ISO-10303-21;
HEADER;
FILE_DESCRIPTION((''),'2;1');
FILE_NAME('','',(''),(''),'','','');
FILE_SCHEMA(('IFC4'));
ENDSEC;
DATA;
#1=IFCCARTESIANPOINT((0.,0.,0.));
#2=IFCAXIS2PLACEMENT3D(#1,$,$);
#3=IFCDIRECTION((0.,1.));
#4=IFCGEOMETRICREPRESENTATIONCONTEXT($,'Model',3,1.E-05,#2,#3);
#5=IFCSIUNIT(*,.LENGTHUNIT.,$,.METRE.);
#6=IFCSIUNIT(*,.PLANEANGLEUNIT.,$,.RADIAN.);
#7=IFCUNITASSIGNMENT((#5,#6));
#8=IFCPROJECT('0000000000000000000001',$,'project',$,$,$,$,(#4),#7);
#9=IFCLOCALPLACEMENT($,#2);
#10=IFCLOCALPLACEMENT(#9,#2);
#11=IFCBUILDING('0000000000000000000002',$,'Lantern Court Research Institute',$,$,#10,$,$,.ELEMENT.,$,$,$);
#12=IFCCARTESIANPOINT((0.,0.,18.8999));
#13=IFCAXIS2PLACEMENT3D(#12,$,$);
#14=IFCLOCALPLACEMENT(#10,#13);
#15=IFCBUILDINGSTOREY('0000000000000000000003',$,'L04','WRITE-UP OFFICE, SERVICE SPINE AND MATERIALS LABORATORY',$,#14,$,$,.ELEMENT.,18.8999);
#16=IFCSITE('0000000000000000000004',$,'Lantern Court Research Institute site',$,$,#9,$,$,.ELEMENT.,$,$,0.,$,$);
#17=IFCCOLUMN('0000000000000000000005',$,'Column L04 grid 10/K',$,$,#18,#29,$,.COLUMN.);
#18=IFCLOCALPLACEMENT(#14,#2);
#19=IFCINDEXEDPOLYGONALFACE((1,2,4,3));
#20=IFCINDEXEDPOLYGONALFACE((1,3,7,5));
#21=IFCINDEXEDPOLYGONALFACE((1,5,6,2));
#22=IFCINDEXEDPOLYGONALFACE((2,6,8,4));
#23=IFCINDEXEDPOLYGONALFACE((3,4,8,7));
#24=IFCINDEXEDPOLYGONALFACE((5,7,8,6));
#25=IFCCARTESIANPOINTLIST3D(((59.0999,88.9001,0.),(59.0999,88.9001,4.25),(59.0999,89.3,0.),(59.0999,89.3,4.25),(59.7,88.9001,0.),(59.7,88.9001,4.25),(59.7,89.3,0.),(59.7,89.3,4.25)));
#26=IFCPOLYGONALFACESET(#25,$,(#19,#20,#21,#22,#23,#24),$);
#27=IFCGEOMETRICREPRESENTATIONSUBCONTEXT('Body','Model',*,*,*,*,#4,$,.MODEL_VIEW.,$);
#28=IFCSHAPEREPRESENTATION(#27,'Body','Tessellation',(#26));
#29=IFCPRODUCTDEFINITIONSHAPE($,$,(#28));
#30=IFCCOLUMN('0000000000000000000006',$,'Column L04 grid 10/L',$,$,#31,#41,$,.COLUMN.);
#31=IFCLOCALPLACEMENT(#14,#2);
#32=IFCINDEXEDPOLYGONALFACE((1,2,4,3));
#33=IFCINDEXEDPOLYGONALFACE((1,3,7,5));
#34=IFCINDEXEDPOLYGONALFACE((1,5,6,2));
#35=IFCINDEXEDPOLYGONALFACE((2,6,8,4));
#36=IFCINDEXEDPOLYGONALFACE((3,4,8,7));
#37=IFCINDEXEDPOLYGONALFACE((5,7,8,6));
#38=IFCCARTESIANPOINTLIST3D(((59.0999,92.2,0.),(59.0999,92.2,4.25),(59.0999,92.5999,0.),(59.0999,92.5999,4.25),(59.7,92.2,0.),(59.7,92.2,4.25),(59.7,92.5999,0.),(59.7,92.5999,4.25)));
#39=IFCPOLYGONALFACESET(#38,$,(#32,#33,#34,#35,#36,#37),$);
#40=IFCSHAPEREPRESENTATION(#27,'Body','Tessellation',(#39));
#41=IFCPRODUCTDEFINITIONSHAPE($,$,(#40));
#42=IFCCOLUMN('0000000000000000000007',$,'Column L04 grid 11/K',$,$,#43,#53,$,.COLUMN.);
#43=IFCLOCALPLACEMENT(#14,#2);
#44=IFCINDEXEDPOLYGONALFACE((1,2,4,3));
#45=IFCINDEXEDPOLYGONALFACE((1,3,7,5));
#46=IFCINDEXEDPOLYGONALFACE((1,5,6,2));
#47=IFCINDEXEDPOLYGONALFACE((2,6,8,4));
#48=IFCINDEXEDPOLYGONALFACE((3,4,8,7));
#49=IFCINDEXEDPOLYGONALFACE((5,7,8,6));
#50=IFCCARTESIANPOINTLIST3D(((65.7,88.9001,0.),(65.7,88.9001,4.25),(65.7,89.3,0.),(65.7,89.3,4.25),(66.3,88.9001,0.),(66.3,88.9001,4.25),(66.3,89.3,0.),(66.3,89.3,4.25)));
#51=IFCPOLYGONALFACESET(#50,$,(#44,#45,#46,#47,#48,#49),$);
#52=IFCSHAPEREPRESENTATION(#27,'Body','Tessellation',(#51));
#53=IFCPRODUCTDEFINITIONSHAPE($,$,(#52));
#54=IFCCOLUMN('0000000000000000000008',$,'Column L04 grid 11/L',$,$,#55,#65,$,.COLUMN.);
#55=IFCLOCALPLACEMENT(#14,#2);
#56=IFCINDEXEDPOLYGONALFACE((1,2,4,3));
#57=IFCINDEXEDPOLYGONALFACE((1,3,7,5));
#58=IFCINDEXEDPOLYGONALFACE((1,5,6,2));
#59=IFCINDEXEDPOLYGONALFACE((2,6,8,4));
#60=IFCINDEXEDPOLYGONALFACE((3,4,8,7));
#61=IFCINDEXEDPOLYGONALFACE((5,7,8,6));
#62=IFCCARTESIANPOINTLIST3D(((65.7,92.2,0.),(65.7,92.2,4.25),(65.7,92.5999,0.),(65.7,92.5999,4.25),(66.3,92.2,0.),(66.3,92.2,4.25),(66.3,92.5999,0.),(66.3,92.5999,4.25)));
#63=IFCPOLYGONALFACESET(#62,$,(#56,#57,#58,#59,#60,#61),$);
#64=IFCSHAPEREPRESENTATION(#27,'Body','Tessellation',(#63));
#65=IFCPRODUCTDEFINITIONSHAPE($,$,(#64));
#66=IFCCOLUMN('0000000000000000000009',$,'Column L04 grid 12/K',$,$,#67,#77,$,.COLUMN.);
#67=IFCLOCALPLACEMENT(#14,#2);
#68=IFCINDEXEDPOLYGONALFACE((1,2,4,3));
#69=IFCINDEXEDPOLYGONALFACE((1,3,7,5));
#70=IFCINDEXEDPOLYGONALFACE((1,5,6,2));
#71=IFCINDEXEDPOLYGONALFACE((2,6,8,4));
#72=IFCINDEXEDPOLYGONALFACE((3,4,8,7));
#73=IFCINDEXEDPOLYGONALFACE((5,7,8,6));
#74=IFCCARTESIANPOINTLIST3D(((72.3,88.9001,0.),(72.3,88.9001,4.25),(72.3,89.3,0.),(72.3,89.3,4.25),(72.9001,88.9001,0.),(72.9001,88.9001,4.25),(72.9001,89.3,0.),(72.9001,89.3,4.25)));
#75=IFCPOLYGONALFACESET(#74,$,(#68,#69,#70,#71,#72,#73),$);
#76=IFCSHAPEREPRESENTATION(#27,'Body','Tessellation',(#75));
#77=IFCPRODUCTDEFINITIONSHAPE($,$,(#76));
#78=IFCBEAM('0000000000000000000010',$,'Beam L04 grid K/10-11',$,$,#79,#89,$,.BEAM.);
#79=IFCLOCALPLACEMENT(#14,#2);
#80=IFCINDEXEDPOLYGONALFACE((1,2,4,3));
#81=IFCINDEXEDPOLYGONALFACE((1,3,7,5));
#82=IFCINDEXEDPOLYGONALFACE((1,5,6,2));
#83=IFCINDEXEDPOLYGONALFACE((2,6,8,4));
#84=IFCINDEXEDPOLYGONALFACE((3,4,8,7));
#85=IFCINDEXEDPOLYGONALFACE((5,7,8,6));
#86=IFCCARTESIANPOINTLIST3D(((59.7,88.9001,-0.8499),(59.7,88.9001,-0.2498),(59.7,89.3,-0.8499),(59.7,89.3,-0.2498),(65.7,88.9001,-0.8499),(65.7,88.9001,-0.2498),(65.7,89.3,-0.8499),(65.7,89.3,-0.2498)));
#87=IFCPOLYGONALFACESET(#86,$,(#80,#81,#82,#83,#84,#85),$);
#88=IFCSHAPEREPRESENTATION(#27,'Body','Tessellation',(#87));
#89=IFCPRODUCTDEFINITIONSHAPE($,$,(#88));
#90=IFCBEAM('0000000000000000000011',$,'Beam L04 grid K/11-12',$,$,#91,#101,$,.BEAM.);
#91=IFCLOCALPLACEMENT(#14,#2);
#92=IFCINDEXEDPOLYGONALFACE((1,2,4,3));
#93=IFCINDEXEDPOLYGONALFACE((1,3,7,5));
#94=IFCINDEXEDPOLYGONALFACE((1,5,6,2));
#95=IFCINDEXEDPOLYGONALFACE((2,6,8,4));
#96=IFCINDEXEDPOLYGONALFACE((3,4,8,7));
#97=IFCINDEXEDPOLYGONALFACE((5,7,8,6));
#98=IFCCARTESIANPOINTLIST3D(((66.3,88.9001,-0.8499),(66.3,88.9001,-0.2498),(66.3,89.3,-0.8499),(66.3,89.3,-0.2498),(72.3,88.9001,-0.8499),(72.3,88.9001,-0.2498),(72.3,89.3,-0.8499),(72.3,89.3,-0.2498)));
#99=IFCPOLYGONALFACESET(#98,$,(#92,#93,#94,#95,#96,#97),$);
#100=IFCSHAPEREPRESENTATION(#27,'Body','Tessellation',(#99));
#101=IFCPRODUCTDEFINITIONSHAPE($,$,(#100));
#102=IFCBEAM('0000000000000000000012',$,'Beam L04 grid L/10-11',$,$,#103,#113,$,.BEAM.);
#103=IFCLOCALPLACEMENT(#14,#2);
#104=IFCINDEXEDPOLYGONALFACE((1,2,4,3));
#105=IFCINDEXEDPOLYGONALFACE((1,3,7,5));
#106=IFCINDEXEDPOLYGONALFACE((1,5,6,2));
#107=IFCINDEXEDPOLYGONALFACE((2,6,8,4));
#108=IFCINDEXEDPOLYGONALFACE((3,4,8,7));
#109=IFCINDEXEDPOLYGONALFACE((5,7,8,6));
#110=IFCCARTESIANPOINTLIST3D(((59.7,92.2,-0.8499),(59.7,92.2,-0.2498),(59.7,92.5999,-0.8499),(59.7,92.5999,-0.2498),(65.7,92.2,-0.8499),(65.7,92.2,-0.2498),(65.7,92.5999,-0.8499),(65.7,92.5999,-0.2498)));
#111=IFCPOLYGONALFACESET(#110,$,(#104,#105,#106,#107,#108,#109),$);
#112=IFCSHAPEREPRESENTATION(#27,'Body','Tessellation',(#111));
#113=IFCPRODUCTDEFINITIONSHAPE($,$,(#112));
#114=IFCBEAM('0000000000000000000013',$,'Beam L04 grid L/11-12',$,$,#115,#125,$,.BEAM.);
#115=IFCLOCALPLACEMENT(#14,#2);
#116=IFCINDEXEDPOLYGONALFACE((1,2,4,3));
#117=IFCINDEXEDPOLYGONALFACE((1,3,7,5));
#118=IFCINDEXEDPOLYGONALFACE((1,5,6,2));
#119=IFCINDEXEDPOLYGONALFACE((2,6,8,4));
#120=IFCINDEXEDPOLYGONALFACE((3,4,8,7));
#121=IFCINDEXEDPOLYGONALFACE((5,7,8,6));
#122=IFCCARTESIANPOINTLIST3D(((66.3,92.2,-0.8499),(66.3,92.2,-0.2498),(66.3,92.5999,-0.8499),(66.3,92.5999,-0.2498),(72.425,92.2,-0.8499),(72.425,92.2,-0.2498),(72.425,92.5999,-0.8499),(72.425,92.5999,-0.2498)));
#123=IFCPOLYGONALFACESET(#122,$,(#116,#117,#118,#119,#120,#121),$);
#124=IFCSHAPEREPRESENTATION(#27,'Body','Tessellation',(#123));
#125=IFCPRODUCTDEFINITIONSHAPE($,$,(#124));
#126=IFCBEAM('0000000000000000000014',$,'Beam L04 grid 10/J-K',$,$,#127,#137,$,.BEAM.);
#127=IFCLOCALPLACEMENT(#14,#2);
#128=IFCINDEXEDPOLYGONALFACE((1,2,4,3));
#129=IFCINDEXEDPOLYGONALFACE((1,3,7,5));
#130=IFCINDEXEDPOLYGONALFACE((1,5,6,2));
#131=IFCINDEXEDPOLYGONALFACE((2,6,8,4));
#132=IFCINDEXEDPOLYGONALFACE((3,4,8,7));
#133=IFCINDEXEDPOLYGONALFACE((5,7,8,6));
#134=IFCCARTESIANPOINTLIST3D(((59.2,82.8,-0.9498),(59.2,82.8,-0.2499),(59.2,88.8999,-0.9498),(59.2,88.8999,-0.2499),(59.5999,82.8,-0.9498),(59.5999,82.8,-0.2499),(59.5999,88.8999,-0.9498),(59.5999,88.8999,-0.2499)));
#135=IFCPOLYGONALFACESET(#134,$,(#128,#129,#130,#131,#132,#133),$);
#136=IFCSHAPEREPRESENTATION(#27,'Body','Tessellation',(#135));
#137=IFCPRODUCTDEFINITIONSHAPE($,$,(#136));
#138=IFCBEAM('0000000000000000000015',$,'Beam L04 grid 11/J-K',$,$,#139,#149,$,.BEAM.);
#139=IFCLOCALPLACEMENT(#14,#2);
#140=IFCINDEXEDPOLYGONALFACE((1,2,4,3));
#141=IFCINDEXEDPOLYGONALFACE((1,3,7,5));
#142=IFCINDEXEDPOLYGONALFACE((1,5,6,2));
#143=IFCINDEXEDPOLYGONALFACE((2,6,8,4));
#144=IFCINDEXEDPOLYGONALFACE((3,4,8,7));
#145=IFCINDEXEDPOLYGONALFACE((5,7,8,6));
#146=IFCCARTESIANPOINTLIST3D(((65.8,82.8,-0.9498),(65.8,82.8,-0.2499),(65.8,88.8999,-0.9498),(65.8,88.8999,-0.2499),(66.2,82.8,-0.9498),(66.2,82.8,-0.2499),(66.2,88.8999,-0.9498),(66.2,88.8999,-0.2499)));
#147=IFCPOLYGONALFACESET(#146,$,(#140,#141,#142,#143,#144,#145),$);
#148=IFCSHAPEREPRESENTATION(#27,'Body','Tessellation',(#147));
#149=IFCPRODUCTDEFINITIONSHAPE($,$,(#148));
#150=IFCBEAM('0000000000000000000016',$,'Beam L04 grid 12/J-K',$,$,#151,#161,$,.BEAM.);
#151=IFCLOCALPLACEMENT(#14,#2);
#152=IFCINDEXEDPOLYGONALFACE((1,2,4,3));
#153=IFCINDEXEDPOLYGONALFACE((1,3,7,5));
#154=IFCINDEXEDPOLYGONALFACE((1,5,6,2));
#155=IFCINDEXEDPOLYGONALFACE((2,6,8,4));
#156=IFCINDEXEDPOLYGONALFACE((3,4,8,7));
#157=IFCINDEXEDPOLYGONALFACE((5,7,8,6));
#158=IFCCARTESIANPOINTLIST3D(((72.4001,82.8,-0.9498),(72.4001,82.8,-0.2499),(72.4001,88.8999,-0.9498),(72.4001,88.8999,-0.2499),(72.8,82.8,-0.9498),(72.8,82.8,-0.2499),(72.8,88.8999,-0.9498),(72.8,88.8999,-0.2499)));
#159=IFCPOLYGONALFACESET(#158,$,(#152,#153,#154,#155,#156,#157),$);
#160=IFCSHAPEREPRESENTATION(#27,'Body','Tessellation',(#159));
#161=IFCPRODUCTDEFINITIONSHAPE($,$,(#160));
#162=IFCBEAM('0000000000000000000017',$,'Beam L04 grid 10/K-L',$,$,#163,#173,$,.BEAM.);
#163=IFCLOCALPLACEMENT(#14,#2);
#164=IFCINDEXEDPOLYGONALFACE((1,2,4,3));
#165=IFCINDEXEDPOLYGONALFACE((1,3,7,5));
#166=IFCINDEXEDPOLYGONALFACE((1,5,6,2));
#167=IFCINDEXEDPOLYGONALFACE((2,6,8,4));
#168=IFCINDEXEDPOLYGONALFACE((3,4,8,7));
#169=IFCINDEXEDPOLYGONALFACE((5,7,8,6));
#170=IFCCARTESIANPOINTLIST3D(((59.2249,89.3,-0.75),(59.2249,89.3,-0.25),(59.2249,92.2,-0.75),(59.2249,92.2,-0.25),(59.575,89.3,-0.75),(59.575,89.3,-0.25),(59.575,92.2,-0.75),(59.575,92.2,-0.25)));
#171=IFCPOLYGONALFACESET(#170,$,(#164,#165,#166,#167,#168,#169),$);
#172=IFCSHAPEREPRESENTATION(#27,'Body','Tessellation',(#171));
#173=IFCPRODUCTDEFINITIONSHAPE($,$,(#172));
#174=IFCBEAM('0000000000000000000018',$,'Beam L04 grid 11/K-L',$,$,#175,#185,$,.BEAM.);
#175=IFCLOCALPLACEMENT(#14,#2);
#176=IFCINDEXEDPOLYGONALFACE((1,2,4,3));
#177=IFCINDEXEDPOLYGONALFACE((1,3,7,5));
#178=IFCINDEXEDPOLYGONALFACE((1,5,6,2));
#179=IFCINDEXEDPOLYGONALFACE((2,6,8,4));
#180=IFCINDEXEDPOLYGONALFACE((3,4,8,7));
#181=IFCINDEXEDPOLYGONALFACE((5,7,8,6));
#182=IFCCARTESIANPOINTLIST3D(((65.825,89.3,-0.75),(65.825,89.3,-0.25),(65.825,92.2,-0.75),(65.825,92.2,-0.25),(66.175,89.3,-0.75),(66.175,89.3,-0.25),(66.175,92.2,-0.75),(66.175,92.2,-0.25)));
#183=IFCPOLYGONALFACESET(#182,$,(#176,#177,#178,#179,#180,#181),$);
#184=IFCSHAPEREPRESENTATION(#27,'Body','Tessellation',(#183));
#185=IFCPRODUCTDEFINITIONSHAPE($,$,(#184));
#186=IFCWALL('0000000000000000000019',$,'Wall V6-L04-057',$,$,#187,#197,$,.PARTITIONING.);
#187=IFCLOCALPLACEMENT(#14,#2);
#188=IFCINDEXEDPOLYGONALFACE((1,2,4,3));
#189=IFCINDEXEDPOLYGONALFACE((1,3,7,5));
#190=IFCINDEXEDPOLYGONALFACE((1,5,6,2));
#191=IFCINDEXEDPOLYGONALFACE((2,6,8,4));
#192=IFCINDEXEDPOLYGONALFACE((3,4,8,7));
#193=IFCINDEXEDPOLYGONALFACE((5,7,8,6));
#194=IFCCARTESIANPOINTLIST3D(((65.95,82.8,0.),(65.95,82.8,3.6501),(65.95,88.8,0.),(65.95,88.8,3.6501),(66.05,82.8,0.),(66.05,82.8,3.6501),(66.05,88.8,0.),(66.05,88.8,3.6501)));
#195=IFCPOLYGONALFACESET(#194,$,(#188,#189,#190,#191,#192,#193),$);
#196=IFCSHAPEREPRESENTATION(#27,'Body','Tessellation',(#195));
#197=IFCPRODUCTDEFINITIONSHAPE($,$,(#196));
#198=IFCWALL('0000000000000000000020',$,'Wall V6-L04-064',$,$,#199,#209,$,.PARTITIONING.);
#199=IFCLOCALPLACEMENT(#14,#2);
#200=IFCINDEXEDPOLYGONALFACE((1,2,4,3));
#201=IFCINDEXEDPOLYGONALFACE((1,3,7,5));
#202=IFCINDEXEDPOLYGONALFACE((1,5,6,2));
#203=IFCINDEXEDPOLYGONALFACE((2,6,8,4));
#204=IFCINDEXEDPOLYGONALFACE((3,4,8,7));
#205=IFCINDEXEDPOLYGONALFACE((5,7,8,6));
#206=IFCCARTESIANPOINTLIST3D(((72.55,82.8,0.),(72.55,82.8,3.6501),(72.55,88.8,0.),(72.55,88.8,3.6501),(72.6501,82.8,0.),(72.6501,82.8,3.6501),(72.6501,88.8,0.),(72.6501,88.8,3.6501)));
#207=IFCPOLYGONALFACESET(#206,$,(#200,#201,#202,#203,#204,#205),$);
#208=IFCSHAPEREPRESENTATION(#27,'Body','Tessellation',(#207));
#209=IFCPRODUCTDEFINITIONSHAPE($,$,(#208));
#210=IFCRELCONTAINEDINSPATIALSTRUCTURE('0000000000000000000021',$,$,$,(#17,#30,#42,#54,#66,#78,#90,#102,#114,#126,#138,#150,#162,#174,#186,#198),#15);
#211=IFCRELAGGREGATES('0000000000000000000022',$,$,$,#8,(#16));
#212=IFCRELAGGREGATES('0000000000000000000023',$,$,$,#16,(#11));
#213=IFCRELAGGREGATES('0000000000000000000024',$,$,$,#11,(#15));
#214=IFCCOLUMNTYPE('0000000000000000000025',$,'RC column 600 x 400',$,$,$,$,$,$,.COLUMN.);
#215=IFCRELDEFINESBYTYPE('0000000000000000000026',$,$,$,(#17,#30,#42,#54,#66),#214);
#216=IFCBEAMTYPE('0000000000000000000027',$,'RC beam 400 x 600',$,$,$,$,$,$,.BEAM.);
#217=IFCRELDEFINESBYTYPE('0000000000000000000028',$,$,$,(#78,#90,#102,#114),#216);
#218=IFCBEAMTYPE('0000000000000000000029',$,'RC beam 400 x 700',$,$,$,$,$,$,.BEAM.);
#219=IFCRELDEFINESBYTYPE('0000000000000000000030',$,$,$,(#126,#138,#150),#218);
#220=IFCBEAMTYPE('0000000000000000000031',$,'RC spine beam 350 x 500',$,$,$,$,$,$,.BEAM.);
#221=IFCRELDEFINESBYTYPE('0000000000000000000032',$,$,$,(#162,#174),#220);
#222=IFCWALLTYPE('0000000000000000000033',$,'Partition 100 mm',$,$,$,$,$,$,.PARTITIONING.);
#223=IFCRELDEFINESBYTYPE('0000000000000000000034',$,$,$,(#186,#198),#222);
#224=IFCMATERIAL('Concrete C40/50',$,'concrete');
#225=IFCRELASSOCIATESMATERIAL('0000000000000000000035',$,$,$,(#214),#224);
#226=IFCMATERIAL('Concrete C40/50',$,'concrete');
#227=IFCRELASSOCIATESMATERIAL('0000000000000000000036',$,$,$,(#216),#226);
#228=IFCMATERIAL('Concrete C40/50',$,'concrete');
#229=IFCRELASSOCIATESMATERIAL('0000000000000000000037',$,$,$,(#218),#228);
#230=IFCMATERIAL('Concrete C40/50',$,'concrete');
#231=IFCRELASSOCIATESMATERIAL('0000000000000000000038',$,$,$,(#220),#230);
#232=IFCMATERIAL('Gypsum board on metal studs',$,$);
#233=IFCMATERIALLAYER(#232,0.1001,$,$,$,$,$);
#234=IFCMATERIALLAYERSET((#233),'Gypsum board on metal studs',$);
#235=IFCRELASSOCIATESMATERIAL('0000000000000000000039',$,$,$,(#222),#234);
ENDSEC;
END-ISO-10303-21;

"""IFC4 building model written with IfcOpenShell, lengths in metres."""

from ifc_helpers import new_model, si_unit, direction, frame, frame_2d, origin, origin_2d, place, context, subcontext, project, spatial, rectangle, extrude, material, layer, layer_set, material_profile, profile_set, type_object, element, save


model = new_model("IFC4")

# Units and contexts
model_context = context("Model", 3, precision=1e-05, world=origin(), true_north=direction((0.0, 1.0)))
body_context = subcontext(model_context, "Body", "Model", "MODEL_VIEW")
ifc_project = project(units=[si_unit("LENGTHUNIT", "METRE"), si_unit("PLANEANGLEUNIT", "RADIAN")], contexts=[model_context])

# Site, building, storey
site_placement = place(None, origin())
site = spatial("IfcSite", under=ifc_project, at=site_placement, Name="Lantern Court Research Institute site", CompositionType="ELEMENT", RefElevation=0.0)
building_placement = place(site_placement, origin())
building = spatial("IfcBuilding", under=site, at=building_placement, Name="Lantern Court Research Institute", CompositionType="ELEMENT")
storey_placement = place(building_placement, frame((0.0, 0.0, 18.8999)))
storey = spatial("IfcBuildingStorey", under=building, at=storey_placement, Name="L04", Description="WRITE-UP OFFICE, SERVICE SPINE AND MATERIALS LABORATORY", CompositionType="ELEMENT", Elevation=18.8999)

# Columns
ifc_material_1 = material(Name="Concrete C40/50", Category="concrete")
ifc_material_profile_1 = material_profile(ifc_material_1, rectangle(XDim=0.6001, YDim=0.3999, at=origin_2d()), Name="RC column 600 x 400")
ifc_profile_set_1 = profile_set([ifc_material_profile_1], Name="Concrete C40/50")
column_type = type_object("IfcColumnType", Name="RC column 600 x 400", PredefinedType="COLUMN", material=ifc_profile_set_1)
for number, where, z_axis, x_axis, name in (
    (1, (59.3999, 89.1001, 0.0), (0.0, 0.0, 1.0), (1.0, 0.0, 0.0), "Column L04 grid 10/K"),
    (2, (59.3999, 92.3999, 0.0), (0.0, 0.0, 1.0), (1.0, 0.0, 0.0), "Column L04 grid 10/L"),
    (3, (66.0, 89.1001, 0.0), (0.0, 0.0, 1.0), (1.0, 0.0, 0.0), "Column L04 grid 11/K"),
    (4, (66.0, 92.3999, 0.0), (0.0, 0.0, 1.0), (1.0, 0.0, 0.0), "Column L04 grid 11/L"),
    (5, (72.6001, 89.1001, 0.0), (0.0, 0.0, 1.0), (1.0, 0.0, 0.0), "Column L04 grid 12/K"),
):
    element("IfcColumn", number, at=place(storey_placement, frame(where, z_axis=z_axis, x_axis=x_axis)), inside=storey, type_object=column_type, Name=name, PredefinedType="COLUMN", context=body_context, shape_type="SweptSolid", body=[
        extrude(rectangle(XDim=0.6001, YDim=0.3999, at=origin_2d()), origin(), (0.0, 0.0, 1.0), 4.25),
    ])

# Beams
ifc_material_2 = material(Name="Concrete C40/50", Category="concrete")
ifc_material_profile_2 = material_profile(ifc_material_2, rectangle(XDim=0.3999, YDim=0.6001, at=origin_2d()), Name="RC beam 400 x 600")
ifc_profile_set_2 = profile_set([ifc_material_profile_2], Name="Concrete C40/50")
beam_type_1 = type_object("IfcBeamType", Name="RC beam 400 x 600", PredefinedType="BEAM", material=ifc_profile_set_2)
for number, where, z_axis, x_axis, name in (
    (6, (59.7, 89.1001, -0.5498), (1.0, 0.0, 0.0), (0.0, 1.0, 0.0), "Beam L04 grid K/10-11"),
    (7, (66.3, 89.1001, -0.5498), (1.0, 0.0, 0.0), (0.0, 1.0, 0.0), "Beam L04 grid K/11-12"),
    (8, (59.7, 92.3999, -0.5498), (1.0, 0.0, 0.0), (0.0, 1.0, 0.0), "Beam L04 grid L/10-11"),
):
    element("IfcBeam", number, at=place(storey_placement, frame(where, z_axis=z_axis, x_axis=x_axis)), inside=storey, type_object=beam_type_1, Name=name, PredefinedType="BEAM", context=body_context, shape_type="SweptSolid", body=[
        extrude(rectangle(XDim=0.3999, YDim=0.6001, at=origin_2d()), origin(), (0.0, 0.0, 1.0), 6.0),
    ])
beam_placement = place(storey_placement, frame((66.3, 92.3999, -0.5498), z_axis=(1.0, 0.0, 0.0), x_axis=(0.0, 1.0, 0.0)))
element("IfcBeam", 9, at=beam_placement, inside=storey, type_object=beam_type_1, Name="Beam L04 grid L/11-12", PredefinedType="BEAM", context=body_context, shape_type="SweptSolid", body=[
    extrude(rectangle(XDim=0.3999, YDim=0.6001, at=origin_2d()), origin(), (0.0, 0.0, 1.0), 6.125),
])
ifc_material_3 = material(Name="Concrete C40/50", Category="concrete")
ifc_material_profile_3 = material_profile(ifc_material_3, rectangle(XDim=0.3999, YDim=0.7, at=origin_2d()), Name="RC beam 400 x 700")
ifc_profile_set_3 = profile_set([ifc_material_profile_3], Name="Concrete C40/50")
beam_type_2 = type_object("IfcBeamType", Name="RC beam 400 x 700", PredefinedType="BEAM", material=ifc_profile_set_3)
for number, where, z_axis, x_axis, name in (
    (10, (59.3999, 82.8, -0.5999), (0.0, 1.0, 0.0), (-1.0, 0.0, 0.0), "Beam L04 grid 10/J-K"),
    (11, (66.0, 82.8, -0.5999), (0.0, 1.0, 0.0), (-1.0, 0.0, 0.0), "Beam L04 grid 11/J-K"),
    (12, (72.6001, 82.8, -0.5999), (0.0, 1.0, 0.0), (-1.0, 0.0, 0.0), "Beam L04 grid 12/J-K"),
):
    element("IfcBeam", number, at=place(storey_placement, frame(where, z_axis=z_axis, x_axis=x_axis)), inside=storey, type_object=beam_type_2, Name=name, PredefinedType="BEAM", context=body_context, shape_type="SweptSolid", body=[
        extrude(rectangle(XDim=0.3999, YDim=0.7, at=origin_2d()), origin(), (0.0, 0.0, 1.0), 6.0999),
    ])
ifc_material_4 = material(Name="Concrete C40/50", Category="concrete")
ifc_material_profile_4 = material_profile(ifc_material_4, rectangle(XDim=0.3501, YDim=0.5, at=origin_2d()), Name="RC beam 350 x 500")
ifc_profile_set_4 = profile_set([ifc_material_profile_4], Name="Concrete C40/50")
beam_type_3 = type_object("IfcBeamType", Name="RC spine beam 350 x 500", PredefinedType="BEAM", material=ifc_profile_set_4)
for number, where, z_axis, x_axis, name in (
    (13, (59.3999, 89.3, -0.5), (0.0, 1.0, 0.0), (-1.0, 0.0, 0.0), "Beam L04 grid 10/K-L"),
    (14, (66.0, 89.3, -0.5), (0.0, 1.0, 0.0), (-1.0, 0.0, 0.0), "Beam L04 grid 11/K-L"),
):
    element("IfcBeam", number, at=place(storey_placement, frame(where, z_axis=z_axis, x_axis=x_axis)), inside=storey, type_object=beam_type_3, Name=name, PredefinedType="BEAM", context=body_context, shape_type="SweptSolid", body=[
        extrude(rectangle(XDim=0.3501, YDim=0.5, at=origin_2d()), origin(), (0.0, 0.0, 1.0), 2.8999),
    ])

# Walls
ifc_material_5 = material(Name="Gypsum board on metal studs")
ifc_layer_1 = layer(ifc_material_5, 0.1001)
ifc_layer_set_1 = layer_set([ifc_layer_1], Name="Gypsum board on metal studs")
wall_type_1 = type_object("IfcWallType", Name="Partition 100 mm", PredefinedType="PARTITIONING", material=ifc_layer_set_1)
for number, where, z_axis, x_axis, name in (
    (15, (66.0, 82.8, 0.0), (0.0, 0.0, 1.0), (0.0, 1.0, 0.0), "Wall V6-L04-057"),
    (16, (72.6001, 82.8, 0.0), (0.0, 0.0, 1.0), (0.0, 1.0, 0.0), "Wall V6-L04-064"),
):
    element("IfcWall", number, at=place(storey_placement, frame(where, z_axis=z_axis, x_axis=x_axis)), inside=storey, type_object=wall_type_1, Name=name, PredefinedType="PARTITIONING", context=body_context, shape_type="SweptSolid", body=[
        extrude(rectangle(XDim=6.0, YDim=0.1001, at=frame_2d((3.0, 0.0))), origin(), (0.0, 0.0, 1.0), 3.6501),
    ])

save(model, "model.ifc")
